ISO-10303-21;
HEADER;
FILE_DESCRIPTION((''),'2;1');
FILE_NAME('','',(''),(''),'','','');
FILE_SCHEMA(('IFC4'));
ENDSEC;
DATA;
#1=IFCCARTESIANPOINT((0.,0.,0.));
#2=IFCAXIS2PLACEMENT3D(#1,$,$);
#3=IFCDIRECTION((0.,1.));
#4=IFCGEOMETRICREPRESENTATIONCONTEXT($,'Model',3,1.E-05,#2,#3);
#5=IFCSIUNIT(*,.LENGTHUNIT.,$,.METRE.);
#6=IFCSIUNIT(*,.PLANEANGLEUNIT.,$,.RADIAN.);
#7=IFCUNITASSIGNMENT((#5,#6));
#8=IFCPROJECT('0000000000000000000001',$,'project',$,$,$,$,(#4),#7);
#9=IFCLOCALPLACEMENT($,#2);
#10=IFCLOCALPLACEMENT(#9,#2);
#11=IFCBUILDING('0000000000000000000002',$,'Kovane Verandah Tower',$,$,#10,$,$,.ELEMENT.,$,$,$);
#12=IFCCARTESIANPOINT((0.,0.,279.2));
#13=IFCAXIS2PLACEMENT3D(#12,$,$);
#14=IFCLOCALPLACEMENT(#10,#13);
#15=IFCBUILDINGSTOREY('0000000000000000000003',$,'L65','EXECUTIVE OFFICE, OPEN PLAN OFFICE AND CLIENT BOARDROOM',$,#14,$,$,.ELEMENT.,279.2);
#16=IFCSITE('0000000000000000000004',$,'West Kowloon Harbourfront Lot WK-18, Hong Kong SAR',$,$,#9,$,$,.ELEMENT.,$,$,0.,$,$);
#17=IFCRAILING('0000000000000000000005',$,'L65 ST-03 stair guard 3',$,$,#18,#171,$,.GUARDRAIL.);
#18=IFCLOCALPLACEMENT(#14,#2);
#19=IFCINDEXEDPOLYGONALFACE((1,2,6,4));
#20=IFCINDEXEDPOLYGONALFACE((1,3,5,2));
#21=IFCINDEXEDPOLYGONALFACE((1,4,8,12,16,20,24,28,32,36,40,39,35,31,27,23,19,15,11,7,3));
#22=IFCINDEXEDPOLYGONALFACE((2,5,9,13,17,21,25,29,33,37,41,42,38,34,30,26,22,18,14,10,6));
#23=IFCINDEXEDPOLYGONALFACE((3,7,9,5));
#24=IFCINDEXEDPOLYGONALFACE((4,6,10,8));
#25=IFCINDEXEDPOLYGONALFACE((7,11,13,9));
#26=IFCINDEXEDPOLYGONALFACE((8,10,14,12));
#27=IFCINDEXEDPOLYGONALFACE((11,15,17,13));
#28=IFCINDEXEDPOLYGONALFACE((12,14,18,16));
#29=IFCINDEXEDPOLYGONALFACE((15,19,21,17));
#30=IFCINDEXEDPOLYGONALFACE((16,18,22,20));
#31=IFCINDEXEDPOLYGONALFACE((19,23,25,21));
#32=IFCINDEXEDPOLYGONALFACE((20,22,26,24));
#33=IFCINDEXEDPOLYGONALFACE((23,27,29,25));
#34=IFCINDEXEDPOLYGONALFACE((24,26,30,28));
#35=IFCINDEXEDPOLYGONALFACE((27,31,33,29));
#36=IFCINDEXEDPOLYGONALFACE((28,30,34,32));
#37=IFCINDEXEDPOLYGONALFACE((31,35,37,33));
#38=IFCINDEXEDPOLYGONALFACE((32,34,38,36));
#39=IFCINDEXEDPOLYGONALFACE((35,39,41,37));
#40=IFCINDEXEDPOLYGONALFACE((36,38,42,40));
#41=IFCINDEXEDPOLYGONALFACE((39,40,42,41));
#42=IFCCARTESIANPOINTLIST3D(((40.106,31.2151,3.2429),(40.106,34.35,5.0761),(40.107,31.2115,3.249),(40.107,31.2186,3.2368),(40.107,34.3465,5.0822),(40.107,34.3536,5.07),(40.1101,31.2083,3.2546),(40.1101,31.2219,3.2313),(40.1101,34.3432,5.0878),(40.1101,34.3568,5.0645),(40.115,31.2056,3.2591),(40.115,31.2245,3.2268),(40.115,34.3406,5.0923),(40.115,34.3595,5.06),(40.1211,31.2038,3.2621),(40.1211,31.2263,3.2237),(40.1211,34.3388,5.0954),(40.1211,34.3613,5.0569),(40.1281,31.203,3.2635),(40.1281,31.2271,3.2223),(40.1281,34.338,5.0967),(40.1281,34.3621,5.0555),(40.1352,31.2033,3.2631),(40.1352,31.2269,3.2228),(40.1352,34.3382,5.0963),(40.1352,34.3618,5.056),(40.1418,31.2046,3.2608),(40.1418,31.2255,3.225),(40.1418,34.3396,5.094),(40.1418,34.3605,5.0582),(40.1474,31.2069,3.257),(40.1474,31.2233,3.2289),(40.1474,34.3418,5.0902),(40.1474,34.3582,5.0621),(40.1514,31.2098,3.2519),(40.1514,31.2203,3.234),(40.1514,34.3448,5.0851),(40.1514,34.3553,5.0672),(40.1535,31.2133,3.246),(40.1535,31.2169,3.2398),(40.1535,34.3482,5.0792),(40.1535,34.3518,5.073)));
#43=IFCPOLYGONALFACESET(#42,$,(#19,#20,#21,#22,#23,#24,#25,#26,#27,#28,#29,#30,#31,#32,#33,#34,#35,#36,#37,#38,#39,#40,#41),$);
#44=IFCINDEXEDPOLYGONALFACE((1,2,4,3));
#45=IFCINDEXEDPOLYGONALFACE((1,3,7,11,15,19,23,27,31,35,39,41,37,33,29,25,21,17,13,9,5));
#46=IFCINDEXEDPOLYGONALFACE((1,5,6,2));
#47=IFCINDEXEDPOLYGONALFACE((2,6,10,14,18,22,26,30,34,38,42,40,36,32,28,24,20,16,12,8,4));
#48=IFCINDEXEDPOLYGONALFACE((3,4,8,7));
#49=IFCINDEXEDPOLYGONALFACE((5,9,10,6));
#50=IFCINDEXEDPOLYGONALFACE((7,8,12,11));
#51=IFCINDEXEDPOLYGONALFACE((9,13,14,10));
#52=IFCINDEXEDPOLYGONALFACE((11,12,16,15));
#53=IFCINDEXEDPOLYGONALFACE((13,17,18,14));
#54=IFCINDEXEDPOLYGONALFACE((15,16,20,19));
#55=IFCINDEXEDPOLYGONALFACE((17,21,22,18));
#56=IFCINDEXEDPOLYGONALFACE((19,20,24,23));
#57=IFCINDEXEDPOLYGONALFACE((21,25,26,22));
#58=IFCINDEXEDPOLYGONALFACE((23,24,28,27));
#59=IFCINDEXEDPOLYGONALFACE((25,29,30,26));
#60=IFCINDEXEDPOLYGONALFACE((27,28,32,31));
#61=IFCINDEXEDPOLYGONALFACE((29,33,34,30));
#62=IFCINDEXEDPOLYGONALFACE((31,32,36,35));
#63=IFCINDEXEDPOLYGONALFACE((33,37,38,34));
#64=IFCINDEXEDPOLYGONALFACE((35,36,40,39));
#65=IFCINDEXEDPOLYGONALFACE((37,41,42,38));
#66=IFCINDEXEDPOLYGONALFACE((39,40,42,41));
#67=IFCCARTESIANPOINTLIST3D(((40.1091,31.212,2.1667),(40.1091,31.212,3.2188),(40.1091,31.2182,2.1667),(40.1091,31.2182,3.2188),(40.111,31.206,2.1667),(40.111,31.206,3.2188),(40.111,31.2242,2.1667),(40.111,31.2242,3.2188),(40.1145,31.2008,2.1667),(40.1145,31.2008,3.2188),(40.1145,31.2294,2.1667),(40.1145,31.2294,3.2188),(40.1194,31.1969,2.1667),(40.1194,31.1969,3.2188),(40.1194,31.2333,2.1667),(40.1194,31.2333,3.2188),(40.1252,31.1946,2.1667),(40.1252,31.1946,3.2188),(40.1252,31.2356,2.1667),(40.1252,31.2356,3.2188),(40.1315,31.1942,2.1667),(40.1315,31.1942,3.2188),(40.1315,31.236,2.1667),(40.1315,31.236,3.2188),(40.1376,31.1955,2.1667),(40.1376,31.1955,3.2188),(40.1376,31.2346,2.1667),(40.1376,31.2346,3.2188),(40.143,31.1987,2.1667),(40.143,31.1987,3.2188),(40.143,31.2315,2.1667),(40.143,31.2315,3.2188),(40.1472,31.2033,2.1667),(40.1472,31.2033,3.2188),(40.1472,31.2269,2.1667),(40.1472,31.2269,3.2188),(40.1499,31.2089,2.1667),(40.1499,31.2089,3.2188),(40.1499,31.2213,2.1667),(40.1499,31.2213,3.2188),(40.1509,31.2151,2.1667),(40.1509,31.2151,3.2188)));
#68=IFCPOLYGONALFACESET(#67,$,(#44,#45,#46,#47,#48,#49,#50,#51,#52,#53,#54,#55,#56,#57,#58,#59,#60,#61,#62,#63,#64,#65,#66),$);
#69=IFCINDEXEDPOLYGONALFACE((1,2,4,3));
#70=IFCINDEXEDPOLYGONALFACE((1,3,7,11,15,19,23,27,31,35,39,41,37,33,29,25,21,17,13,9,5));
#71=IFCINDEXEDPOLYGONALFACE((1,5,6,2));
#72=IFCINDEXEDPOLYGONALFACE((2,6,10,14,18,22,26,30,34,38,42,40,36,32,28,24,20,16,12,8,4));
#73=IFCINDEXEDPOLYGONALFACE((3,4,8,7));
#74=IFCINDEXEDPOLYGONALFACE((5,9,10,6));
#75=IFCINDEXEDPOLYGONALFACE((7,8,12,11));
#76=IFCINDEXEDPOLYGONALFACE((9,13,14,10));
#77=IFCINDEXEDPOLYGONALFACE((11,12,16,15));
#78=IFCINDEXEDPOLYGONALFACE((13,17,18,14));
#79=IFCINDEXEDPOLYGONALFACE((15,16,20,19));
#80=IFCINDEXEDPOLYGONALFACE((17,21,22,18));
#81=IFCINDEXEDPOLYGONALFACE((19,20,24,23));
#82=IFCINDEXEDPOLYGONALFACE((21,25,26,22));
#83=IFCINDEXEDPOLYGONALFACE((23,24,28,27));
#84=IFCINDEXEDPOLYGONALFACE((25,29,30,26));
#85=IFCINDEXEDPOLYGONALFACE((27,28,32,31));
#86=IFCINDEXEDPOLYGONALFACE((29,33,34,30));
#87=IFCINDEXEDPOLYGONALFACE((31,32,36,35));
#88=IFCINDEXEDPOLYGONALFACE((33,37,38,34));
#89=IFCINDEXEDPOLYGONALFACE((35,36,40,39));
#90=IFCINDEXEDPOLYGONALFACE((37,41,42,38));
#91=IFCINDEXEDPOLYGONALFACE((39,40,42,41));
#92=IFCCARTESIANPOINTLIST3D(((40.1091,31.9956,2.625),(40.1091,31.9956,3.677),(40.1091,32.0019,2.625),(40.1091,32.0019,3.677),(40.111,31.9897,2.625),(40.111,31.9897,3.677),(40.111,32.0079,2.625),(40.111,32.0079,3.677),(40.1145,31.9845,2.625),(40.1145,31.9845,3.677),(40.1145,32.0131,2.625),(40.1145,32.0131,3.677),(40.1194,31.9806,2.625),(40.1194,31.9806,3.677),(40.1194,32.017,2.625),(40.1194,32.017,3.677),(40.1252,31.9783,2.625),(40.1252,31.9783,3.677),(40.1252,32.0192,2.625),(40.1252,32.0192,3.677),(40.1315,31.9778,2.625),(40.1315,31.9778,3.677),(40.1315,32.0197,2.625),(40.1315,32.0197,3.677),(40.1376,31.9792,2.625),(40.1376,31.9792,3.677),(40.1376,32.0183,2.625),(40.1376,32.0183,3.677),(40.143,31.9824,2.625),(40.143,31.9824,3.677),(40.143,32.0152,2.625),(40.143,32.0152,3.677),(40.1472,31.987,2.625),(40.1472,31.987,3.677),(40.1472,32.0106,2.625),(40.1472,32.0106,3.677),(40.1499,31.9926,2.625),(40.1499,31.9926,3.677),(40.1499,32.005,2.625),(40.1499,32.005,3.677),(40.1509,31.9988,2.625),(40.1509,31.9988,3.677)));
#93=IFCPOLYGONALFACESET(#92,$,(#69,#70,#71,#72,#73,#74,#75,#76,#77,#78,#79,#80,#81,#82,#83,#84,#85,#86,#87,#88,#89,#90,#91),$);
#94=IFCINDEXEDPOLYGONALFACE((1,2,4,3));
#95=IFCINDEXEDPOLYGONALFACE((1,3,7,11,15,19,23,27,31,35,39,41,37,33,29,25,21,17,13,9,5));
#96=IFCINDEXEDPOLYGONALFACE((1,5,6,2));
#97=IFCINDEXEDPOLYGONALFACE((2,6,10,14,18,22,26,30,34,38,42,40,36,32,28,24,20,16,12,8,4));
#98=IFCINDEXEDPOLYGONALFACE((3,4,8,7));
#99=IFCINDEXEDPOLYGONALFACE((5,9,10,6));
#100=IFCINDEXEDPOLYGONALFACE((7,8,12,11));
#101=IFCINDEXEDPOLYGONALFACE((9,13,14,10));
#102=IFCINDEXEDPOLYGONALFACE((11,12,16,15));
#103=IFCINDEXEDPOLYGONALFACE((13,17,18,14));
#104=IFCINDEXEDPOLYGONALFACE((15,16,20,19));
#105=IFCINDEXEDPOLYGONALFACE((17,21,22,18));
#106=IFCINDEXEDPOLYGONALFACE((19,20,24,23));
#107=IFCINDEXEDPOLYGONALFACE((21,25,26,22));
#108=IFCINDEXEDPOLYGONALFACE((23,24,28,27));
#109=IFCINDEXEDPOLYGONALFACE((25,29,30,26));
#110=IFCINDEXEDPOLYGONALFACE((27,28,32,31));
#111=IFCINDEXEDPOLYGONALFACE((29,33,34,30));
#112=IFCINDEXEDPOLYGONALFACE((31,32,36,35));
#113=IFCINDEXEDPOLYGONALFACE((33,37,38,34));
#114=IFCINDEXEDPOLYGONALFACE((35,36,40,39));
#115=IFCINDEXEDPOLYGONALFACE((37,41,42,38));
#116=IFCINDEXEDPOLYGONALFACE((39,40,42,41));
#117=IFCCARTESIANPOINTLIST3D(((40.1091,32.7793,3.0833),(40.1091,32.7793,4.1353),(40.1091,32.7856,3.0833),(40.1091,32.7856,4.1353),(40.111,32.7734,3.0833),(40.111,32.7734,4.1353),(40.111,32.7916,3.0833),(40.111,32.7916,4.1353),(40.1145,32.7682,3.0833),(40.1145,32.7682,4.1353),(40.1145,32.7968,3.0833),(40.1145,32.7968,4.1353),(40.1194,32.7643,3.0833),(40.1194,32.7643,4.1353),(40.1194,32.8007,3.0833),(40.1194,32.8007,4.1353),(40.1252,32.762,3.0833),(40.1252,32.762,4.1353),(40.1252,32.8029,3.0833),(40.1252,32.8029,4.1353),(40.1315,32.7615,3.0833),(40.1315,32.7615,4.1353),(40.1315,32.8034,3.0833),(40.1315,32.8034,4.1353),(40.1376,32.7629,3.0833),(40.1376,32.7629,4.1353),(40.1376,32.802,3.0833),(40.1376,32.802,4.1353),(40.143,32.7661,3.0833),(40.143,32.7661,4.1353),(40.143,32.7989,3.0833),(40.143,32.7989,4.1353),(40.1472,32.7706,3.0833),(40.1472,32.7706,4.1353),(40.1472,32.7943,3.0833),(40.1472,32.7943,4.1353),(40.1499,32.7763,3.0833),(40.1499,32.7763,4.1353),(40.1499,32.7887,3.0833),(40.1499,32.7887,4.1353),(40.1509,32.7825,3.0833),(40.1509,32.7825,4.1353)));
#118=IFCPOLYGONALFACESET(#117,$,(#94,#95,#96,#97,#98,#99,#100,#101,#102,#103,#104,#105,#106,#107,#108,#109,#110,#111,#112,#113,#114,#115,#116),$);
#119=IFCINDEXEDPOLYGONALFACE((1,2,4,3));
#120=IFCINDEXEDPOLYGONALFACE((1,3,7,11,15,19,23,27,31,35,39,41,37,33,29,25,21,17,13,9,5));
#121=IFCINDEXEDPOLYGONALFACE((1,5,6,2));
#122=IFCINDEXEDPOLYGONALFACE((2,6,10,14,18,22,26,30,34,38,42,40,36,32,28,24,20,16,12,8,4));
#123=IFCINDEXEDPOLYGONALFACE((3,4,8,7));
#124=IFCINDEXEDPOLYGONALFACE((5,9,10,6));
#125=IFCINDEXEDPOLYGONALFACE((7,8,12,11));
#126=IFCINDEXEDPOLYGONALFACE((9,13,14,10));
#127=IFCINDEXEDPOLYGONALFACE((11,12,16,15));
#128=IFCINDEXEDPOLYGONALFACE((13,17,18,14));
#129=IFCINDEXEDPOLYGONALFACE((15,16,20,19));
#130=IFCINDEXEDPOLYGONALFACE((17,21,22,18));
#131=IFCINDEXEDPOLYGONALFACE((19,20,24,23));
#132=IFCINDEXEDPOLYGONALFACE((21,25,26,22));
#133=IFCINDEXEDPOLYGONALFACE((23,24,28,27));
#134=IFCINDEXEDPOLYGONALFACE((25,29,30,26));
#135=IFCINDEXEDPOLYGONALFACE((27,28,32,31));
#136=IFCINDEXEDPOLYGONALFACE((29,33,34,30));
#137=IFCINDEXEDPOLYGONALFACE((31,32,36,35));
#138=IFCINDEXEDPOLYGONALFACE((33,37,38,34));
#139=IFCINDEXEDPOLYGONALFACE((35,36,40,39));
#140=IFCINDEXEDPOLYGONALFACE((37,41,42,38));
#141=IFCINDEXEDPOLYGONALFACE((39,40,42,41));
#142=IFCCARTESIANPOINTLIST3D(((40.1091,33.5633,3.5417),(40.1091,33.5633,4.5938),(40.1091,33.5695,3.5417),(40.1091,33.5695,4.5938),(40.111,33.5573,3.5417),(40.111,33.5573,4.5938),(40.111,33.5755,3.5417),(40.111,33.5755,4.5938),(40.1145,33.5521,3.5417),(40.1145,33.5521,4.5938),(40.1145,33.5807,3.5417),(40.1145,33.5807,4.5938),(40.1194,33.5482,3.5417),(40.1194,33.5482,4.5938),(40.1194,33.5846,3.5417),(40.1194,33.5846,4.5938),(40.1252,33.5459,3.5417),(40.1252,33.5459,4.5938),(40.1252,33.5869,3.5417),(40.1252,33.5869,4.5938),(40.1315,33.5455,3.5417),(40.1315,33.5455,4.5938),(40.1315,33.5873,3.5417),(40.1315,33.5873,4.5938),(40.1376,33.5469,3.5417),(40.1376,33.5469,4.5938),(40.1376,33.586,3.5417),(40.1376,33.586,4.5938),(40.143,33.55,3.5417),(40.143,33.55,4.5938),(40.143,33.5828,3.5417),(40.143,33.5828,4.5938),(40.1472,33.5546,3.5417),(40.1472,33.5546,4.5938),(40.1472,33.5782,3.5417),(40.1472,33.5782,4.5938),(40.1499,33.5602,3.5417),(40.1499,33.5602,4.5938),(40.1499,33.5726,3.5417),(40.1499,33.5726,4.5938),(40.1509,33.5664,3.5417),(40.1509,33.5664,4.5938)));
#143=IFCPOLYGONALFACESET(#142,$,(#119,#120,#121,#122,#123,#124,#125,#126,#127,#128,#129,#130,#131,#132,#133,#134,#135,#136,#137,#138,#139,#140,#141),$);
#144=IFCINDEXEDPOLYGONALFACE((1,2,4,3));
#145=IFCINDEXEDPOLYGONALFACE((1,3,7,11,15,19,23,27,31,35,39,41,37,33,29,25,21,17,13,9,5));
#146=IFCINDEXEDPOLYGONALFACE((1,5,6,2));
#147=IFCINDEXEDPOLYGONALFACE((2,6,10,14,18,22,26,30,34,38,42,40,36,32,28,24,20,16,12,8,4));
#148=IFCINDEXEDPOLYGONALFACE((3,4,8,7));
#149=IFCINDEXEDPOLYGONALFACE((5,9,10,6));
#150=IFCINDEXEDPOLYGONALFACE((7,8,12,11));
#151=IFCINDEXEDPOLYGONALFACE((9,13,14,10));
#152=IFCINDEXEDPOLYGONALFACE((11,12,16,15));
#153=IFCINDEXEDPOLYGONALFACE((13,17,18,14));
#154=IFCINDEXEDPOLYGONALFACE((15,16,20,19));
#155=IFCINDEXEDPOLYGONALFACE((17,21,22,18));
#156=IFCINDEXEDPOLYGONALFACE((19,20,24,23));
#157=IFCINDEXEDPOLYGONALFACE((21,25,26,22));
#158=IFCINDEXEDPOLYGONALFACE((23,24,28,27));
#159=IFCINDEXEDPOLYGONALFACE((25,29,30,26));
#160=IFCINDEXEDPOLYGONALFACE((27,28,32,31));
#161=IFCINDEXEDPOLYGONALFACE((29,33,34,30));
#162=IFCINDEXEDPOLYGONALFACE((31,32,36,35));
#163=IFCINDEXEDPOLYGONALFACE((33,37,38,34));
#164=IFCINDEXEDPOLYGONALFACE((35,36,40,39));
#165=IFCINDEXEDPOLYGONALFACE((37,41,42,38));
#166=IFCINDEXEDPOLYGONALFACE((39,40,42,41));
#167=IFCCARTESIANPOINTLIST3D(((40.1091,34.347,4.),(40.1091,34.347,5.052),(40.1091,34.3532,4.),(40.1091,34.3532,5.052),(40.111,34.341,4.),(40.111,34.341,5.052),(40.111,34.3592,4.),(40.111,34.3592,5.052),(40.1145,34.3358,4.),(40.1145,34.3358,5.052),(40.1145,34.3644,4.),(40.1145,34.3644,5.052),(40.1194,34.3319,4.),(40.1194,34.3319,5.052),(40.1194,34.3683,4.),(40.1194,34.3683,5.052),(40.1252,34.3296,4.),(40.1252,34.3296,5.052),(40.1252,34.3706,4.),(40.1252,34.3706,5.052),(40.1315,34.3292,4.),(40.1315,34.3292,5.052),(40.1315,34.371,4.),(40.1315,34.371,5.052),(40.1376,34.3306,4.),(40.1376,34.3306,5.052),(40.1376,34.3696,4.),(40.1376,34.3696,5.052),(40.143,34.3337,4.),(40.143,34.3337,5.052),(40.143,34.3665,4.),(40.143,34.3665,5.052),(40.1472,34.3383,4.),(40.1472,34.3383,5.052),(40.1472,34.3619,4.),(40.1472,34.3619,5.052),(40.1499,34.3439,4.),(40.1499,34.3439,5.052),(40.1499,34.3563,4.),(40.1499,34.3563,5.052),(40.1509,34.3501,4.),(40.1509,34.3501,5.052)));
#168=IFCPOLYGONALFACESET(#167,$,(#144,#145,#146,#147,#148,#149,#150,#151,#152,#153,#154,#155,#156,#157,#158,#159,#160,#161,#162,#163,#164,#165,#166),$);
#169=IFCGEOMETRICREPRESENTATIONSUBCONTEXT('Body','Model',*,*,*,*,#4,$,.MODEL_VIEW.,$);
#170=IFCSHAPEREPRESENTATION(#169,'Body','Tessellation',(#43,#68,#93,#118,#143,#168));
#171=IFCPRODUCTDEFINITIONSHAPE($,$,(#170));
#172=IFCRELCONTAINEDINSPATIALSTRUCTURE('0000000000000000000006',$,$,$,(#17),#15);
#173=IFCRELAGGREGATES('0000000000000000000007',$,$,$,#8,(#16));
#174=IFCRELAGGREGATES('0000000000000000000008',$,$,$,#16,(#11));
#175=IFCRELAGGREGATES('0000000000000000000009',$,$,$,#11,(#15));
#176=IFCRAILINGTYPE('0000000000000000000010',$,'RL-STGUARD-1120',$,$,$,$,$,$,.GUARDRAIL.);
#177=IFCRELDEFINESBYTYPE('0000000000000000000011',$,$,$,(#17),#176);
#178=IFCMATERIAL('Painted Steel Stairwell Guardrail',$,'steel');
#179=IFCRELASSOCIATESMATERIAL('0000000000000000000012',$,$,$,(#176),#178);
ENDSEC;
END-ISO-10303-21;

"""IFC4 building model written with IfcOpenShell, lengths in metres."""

from ifc_helpers import new_model, si_unit, direction, frame, origin, origin_2d, place, context, subcontext, project, spatial, circle, extrude, material, type_object, element, save


model = new_model("IFC4")

# Units and contexts
model_context = context("Model", 3, precision=1e-05, world=origin(), true_north=direction((0.0, 1.0)))
body_context = subcontext(model_context, "Body", "Model", "MODEL_VIEW")
ifc_project = project(units=[si_unit("LENGTHUNIT", "METRE"), si_unit("PLANEANGLEUNIT", "RADIAN")], contexts=[model_context])

# Site, building, storey
site_placement = place(None, origin())
site = spatial("IfcSite", under=ifc_project, at=site_placement, Name="West Kowloon Harbourfront Lot WK-18, Hong Kong SAR", CompositionType="ELEMENT", RefElevation=0.0)
building_placement = place(site_placement, origin())
building = spatial("IfcBuilding", under=site, at=building_placement, Name="Kovane Verandah Tower", CompositionType="ELEMENT")
storey_placement = place(building_placement, frame((0.0, 0.0, 279.2)))
storey = spatial("IfcBuildingStorey", under=building, at=storey_placement, Name="L65", Description="EXECUTIVE OFFICE, OPEN PLAN OFFICE AND CLIENT BOARDROOM", CompositionType="ELEMENT", Elevation=279.2)

# Railing
ifc_material_1 = material(Name="Painted Steel Stairwell Guardrail", Category="steel")
railing_type_1 = type_object("IfcRailingType", Name="RL-STGUARD-1120", PredefinedType="GUARDRAIL", material=ifc_material_1)
railing_1_placement = place(storey_placement, frame((40.1299, 31.2151, 2.1667)))
element("IfcRailing", 1, at=railing_1_placement, inside=storey, type_object=railing_type_1, Name="L65 ST-03 stair guard 3", PredefinedType="GUARDRAIL", context=body_context, shape_type="SweptSolid", body=[
    extrude(circle(Radius=0.0239, at=origin_2d()), frame((0.0, 0.0, 1.0762), z_axis=(0.0, 0.86324, 0.504794), x_axis=(-1.0, 0.0, 0.0)), (0.0, 0.0, 1.0), 3.6316),
    extrude(circle(Radius=0.021, at=origin_2d()), origin(), (0.0, 0.0, 1.0), 1.052),
    extrude(circle(Radius=0.021, at=origin_2d()), frame((0.0, 0.7837, 0.4583)), (0.0, 0.0, 1.0), 1.052),
    extrude(circle(Radius=0.021, at=origin_2d()), frame((0.0, 1.5674, 0.9165)), (0.0, 0.0, 1.0), 1.052),
    extrude(circle(Radius=0.021, at=origin_2d()), frame((0.0, 2.3513, 1.375)), (0.0, 0.0, 1.0), 1.052),
    extrude(circle(Radius=0.021, at=origin_2d()), frame((0.0, 3.135, 1.8333)), (0.0, 0.0, 1.0), 1.052),
])

save(model, "model.ifc")
